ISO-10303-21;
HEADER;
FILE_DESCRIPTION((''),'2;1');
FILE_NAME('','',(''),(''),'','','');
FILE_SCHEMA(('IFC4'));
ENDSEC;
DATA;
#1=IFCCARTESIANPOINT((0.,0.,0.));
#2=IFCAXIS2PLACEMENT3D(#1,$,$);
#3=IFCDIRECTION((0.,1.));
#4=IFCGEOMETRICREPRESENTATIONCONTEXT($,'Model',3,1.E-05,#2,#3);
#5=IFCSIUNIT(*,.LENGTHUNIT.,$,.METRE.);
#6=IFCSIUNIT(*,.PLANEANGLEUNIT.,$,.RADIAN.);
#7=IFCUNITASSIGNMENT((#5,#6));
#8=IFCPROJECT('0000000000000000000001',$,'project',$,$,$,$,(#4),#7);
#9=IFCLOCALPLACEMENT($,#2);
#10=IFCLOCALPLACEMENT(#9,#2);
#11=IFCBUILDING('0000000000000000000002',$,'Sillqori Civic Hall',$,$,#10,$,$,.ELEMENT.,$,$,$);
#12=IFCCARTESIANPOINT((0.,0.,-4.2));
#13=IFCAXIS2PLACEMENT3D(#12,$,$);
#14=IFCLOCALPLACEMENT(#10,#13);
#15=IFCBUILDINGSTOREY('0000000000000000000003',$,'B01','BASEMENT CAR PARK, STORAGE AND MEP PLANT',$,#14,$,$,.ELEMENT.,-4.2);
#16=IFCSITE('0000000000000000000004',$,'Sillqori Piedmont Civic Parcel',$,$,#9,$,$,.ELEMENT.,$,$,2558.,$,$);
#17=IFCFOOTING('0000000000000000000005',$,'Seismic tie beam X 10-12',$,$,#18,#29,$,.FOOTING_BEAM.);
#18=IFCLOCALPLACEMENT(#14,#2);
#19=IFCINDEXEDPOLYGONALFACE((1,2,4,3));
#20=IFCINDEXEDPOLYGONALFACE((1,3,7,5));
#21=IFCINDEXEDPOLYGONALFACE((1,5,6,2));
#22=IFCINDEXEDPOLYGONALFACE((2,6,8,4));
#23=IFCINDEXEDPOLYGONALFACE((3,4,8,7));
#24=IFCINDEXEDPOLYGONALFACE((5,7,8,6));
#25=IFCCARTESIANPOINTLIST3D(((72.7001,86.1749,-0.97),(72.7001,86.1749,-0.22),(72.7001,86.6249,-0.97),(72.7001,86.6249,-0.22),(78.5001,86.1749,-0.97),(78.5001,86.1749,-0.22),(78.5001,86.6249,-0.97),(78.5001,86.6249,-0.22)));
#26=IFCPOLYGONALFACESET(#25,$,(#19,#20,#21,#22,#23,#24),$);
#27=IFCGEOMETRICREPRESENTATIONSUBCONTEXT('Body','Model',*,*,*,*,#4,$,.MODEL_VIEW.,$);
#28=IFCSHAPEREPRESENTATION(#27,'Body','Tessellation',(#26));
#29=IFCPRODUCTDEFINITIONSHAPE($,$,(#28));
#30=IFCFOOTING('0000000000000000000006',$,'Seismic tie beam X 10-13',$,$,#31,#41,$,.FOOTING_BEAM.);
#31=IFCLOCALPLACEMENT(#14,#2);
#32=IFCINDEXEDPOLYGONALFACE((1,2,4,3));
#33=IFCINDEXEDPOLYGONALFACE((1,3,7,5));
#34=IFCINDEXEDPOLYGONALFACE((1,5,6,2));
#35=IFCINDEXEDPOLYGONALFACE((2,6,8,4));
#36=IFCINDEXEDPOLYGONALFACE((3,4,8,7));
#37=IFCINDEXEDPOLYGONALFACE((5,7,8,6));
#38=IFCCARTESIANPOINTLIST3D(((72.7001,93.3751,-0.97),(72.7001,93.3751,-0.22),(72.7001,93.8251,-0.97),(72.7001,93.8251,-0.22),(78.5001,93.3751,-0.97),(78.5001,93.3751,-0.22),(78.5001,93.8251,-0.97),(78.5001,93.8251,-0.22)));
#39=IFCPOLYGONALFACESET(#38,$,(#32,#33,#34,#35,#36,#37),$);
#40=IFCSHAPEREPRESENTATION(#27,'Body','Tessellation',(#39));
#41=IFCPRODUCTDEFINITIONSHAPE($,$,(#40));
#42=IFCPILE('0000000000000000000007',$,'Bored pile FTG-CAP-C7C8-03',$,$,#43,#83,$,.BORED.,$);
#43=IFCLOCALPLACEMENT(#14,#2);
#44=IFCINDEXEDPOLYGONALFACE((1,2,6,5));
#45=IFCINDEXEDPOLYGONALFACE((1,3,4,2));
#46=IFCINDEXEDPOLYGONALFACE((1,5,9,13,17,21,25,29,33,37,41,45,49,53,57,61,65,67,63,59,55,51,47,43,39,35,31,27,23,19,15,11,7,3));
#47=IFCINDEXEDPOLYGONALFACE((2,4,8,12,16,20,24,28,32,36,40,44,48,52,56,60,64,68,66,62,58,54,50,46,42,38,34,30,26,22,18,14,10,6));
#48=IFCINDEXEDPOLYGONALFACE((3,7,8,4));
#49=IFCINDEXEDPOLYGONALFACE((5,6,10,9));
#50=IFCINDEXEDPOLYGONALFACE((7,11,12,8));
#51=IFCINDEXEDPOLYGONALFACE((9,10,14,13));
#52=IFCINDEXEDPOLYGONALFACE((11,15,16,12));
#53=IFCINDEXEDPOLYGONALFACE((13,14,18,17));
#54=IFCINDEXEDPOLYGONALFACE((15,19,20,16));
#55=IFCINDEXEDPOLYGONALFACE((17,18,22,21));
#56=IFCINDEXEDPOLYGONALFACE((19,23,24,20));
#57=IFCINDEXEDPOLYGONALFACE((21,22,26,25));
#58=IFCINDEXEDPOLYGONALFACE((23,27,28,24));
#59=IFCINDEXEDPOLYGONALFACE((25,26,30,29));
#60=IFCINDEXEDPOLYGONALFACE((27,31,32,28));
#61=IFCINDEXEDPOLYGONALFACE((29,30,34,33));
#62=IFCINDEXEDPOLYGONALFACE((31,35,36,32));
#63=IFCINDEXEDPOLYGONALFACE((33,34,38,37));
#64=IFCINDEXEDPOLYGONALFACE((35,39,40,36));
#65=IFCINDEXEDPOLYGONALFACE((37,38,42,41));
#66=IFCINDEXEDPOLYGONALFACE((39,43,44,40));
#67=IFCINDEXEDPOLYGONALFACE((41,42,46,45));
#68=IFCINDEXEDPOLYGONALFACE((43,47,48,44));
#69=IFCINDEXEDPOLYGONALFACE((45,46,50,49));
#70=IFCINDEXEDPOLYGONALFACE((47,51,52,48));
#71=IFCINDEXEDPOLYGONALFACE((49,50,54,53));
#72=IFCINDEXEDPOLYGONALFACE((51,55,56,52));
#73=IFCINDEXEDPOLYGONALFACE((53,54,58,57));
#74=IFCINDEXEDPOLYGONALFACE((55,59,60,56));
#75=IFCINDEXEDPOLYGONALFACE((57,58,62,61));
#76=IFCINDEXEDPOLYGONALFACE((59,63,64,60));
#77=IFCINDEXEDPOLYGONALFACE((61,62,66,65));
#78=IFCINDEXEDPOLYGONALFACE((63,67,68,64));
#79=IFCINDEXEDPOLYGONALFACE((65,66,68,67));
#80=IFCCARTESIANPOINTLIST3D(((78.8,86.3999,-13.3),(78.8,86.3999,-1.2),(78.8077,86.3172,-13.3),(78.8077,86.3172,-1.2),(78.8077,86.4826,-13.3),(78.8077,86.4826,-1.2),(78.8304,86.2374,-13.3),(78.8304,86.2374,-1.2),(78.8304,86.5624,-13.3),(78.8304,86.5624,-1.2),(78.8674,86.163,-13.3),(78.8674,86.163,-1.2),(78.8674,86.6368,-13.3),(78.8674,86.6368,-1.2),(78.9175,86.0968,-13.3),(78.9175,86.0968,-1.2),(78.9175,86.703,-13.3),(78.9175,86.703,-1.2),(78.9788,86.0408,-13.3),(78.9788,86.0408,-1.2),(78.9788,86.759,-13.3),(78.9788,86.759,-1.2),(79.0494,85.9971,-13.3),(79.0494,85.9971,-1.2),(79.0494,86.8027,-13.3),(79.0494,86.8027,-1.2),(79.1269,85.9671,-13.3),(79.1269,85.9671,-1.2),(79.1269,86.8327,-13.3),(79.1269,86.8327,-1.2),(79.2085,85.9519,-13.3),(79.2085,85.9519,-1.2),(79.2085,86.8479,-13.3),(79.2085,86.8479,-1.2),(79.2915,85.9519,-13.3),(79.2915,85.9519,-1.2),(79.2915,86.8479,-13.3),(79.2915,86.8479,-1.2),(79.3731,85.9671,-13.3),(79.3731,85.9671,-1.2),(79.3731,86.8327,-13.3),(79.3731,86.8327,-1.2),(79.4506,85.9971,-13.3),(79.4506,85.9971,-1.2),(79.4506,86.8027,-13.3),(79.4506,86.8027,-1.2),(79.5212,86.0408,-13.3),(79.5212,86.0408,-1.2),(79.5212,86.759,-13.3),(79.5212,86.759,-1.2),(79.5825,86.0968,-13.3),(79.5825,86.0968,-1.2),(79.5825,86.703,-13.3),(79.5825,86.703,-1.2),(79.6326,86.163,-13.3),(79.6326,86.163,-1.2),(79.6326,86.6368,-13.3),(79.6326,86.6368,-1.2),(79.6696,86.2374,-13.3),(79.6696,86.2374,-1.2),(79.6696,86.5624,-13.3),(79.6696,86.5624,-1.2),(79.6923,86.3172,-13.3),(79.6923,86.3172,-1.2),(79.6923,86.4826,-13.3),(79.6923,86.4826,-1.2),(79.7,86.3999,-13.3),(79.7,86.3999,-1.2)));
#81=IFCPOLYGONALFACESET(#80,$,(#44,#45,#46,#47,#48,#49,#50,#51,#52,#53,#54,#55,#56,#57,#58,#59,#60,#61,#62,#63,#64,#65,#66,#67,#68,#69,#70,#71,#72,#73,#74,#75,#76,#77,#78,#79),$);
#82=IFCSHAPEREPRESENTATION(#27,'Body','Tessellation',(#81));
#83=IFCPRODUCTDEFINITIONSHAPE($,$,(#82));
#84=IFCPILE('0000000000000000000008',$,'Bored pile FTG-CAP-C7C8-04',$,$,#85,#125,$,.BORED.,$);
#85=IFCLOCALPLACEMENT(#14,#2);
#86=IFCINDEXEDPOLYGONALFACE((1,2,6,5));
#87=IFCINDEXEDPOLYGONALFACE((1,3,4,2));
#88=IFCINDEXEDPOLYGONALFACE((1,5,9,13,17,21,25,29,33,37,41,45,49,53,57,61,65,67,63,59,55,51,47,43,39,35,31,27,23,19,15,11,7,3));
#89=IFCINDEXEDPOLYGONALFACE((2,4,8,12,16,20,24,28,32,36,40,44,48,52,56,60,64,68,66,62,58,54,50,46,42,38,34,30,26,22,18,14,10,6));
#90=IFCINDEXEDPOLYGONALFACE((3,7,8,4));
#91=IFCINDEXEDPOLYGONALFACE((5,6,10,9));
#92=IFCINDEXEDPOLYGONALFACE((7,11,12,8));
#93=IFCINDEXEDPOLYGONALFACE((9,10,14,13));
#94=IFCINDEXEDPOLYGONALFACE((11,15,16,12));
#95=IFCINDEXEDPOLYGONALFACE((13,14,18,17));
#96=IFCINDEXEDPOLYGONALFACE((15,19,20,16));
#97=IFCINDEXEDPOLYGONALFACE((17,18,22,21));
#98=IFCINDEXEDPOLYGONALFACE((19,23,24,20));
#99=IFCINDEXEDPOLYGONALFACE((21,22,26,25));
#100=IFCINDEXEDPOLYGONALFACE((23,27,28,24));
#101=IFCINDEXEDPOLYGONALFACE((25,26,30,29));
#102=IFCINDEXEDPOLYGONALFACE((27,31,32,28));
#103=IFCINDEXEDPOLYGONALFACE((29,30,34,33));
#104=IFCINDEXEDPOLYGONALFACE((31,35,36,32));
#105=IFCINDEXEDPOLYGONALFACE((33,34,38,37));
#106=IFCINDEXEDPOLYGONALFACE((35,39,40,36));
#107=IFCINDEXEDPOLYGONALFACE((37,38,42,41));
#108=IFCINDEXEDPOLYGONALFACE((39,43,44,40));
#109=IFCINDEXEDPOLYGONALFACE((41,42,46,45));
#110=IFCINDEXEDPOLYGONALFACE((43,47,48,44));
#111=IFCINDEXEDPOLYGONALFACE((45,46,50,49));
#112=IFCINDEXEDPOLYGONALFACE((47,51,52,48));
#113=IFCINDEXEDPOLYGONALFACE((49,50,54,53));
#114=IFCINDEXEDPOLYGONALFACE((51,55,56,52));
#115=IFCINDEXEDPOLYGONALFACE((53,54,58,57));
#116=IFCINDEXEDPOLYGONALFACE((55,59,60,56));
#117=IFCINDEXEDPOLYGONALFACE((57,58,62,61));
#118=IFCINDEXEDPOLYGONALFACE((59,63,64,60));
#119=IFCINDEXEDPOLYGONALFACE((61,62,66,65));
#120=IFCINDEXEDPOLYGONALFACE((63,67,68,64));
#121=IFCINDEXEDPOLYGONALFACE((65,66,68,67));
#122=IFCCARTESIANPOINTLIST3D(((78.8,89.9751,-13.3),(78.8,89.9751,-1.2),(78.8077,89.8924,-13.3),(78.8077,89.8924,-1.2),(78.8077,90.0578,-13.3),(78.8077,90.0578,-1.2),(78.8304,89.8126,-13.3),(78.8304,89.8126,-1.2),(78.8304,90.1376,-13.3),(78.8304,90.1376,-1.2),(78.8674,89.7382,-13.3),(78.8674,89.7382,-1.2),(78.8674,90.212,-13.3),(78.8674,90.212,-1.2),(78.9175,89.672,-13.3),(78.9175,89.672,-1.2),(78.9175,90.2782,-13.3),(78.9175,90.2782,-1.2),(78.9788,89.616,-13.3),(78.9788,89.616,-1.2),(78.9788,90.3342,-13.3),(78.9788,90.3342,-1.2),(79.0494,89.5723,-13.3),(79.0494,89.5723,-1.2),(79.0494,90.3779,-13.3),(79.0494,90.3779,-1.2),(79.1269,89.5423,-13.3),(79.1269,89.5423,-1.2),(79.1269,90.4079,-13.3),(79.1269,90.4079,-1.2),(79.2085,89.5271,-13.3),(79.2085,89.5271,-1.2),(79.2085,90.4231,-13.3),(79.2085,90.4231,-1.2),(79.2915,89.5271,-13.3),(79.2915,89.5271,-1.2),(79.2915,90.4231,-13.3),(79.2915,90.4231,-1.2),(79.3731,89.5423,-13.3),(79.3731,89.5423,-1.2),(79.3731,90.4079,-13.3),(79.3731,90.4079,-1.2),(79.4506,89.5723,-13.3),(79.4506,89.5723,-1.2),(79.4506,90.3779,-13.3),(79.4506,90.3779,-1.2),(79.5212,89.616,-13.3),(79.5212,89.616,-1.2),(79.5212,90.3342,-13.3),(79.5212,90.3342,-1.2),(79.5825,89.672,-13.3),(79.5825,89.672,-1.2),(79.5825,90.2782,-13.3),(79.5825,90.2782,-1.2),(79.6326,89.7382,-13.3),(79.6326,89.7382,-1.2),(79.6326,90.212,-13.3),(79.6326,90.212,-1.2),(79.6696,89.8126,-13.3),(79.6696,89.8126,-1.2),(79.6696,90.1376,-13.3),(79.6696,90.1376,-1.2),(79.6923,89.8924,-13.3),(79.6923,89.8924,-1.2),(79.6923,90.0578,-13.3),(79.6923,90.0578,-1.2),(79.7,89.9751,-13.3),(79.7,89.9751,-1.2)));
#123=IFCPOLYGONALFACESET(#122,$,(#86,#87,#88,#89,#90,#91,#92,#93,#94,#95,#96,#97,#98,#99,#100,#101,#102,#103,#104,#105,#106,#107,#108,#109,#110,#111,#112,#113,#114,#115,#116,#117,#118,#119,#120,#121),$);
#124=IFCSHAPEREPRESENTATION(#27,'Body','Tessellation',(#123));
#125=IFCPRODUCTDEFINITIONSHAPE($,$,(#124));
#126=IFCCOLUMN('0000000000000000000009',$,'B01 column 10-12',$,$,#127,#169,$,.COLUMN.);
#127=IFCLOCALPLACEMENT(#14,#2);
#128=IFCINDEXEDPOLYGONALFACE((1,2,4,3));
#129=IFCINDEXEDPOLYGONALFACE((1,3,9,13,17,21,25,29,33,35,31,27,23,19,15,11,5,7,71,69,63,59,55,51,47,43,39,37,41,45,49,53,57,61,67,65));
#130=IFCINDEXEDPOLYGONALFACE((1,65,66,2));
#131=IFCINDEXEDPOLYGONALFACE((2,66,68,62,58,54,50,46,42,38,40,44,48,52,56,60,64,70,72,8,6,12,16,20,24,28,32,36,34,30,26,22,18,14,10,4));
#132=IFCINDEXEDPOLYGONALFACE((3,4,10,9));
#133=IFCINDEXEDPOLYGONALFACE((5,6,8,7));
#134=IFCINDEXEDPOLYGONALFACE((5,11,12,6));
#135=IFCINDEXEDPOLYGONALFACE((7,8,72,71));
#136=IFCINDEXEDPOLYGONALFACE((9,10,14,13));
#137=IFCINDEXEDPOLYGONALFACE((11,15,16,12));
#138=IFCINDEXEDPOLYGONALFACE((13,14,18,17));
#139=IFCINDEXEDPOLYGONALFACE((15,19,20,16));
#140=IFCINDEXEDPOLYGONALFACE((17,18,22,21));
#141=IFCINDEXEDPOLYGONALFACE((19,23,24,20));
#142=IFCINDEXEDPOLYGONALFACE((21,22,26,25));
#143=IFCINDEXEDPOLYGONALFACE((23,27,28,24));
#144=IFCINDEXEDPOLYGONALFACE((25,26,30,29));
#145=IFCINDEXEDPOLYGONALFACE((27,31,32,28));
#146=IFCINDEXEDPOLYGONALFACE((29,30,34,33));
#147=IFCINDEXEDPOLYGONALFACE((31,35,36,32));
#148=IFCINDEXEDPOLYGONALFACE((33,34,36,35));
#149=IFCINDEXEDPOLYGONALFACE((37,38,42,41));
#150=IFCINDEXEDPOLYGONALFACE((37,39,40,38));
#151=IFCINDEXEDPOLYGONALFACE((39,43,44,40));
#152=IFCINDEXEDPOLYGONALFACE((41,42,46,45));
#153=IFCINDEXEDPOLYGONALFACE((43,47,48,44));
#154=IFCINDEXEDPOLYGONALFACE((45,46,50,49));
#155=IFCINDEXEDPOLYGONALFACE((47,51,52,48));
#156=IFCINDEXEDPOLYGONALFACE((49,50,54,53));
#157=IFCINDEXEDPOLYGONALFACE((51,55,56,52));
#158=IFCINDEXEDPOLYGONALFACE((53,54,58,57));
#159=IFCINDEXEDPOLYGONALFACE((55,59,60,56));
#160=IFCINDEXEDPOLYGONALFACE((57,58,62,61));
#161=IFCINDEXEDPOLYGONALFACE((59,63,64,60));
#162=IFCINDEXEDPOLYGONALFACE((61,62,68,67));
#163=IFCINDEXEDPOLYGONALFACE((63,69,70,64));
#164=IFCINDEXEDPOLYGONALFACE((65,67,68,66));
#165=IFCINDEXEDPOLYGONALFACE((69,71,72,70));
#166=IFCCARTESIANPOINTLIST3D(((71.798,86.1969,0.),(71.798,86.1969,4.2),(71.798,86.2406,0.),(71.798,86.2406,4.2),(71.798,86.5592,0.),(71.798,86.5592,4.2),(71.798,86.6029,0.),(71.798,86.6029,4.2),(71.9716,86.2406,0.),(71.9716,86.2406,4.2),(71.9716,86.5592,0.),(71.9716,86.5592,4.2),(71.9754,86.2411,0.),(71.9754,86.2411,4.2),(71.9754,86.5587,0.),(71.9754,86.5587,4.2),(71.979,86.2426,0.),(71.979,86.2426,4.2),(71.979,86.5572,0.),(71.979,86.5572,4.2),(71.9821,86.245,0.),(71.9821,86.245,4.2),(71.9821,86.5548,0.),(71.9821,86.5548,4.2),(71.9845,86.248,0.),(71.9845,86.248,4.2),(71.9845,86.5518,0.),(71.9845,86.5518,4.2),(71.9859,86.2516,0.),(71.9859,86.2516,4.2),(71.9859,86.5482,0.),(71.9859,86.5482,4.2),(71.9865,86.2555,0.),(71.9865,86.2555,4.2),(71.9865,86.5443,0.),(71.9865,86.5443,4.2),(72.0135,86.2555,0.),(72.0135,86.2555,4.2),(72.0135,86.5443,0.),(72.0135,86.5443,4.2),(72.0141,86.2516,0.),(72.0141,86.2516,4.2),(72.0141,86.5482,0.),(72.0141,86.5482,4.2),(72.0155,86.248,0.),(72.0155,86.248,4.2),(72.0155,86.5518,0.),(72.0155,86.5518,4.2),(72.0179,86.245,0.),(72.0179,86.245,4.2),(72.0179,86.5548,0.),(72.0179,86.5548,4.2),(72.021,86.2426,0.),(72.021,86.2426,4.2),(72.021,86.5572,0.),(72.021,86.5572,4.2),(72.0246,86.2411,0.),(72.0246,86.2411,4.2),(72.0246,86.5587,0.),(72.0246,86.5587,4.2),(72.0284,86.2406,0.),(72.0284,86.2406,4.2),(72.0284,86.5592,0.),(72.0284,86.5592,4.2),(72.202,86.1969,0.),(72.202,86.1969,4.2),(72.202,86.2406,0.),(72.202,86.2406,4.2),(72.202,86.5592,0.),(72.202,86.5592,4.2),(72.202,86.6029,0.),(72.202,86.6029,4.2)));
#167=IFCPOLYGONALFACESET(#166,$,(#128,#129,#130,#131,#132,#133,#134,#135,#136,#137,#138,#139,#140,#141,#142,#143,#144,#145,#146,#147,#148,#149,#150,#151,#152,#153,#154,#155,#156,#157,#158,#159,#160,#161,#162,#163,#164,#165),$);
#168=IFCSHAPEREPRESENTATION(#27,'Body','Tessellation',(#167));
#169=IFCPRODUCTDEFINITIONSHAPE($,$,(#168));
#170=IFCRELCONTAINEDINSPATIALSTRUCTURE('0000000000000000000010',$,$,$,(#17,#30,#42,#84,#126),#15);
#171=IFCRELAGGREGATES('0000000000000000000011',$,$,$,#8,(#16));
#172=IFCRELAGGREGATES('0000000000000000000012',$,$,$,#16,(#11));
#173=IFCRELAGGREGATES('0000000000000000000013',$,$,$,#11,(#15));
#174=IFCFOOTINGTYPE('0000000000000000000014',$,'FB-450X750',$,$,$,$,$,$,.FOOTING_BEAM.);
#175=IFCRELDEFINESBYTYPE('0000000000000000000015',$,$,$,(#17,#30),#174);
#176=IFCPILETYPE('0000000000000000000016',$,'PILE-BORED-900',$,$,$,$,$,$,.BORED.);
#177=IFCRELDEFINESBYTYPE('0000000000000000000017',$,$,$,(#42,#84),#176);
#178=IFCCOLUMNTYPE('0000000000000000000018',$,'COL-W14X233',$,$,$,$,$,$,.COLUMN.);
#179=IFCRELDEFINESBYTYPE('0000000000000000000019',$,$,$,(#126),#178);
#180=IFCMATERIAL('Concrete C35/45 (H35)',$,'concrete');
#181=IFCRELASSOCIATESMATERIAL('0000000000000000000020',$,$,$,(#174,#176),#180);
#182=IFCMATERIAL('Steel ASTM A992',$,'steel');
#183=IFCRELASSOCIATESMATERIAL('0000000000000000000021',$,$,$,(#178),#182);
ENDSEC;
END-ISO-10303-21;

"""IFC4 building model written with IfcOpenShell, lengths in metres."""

from ifc_helpers import new_model, si_unit, direction, frame, origin, origin_2d, place, context, subcontext, project, spatial, rectangle, circle, i_section, extrude, material, material_profile, profile_set, type_object, element, save


model = new_model("IFC4")

# Units and contexts
model_context = context("Model", 3, precision=1e-05, world=origin(), true_north=direction((0.0, 1.0)))
body_context = subcontext(model_context, "Body", "Model", "MODEL_VIEW")
ifc_project = project(units=[si_unit("LENGTHUNIT", "METRE"), si_unit("PLANEANGLEUNIT", "RADIAN")], contexts=[model_context])

# Site, building, storey
site_placement = place(None, origin())
site = spatial("IfcSite", under=ifc_project, at=site_placement, Name="Sillqori Piedmont Civic Parcel", CompositionType="ELEMENT", RefElevation=2558.0)
building_placement = place(site_placement, origin())
building = spatial("IfcBuilding", under=site, at=building_placement, Name="Sillqori Civic Hall", CompositionType="ELEMENT")
storey_placement = place(building_placement, frame((0.0, 0.0, -4.2)))
storey = spatial("IfcBuildingStorey", under=building, at=storey_placement, Name="B01", Description="BASEMENT CAR PARK, STORAGE AND MEP PLANT", CompositionType="ELEMENT", Elevation=-4.2)

# Footings
ifc_material_1 = material(Name="Concrete C35/45 (H35)", Category="concrete")
footing_type = type_object("IfcFootingType", Name="FB-450X750", PredefinedType="FOOTING_BEAM", material=ifc_material_1)
for number, where, z_axis, x_axis, name in (
    (1, (75.6001, 86.3999, -0.97), (0.0, 0.0, 1.0), (1.0, 0.0, 0.0), "Seismic tie beam X 10-12"),
    (2, (75.6001, 93.6001, -0.97), (0.0, 0.0, 1.0), (1.0, 0.0, 0.0), "Seismic tie beam X 10-13"),
):
    element("IfcFooting", number, at=place(storey_placement, frame(where, z_axis=z_axis, x_axis=x_axis)), inside=storey, type_object=footing_type, Name=name, PredefinedType="FOOTING_BEAM", context=body_context, shape_type="SweptSolid", body=[
        extrude(rectangle(XDim=5.8, YDim=0.45, at=origin_2d()), origin(), (0.0, 0.0, 1.0), 0.75),
    ])

# Piles
ifc_material_profile_1 = material_profile(ifc_material_1, circle(Radius=0.45, at=origin_2d()), Name="BORED PILE 900")
ifc_profile_set_1 = profile_set([ifc_material_profile_1], Name="Concrete C35/45 (H35)")
pile_type = type_object("IfcPileType", Name="PILE-BORED-900", PredefinedType="BORED", material=ifc_profile_set_1)
for number, where, z_axis, x_axis, name in (
    (3, (79.25, 86.3999, -1.2), (0.0, 0.0, -1.0), (1.0, 0.0, 0.0), "Bored pile FTG-CAP-C7C8-03"),
    (4, (79.25, 89.9751, -1.2), (0.0, 0.0, -1.0), (1.0, 0.0, 0.0), "Bored pile FTG-CAP-C7C8-04"),
):
    element("IfcPile", number, at=place(storey_placement, frame(where, z_axis=z_axis, x_axis=x_axis)), inside=storey, type_object=pile_type, Name=name, PredefinedType="BORED", context=body_context, shape_type="SweptSolid", body=[
        extrude(circle(Radius=0.45, at=origin_2d()), origin(), (0.0, 0.0, 1.0), 12.1001),
    ])

# Column
ifc_material_2 = material(Name="Steel ASTM A992", Category="steel")
ifc_material_profile_2 = material_profile(ifc_material_2, i_section(OverallWidth=0.4041, OverallDepth=0.406, WebThickness=0.0271, FlangeThickness=0.0437, FilletRadius=0.0149, at=origin_2d()), Name="W14X233")
ifc_profile_set_2 = profile_set([ifc_material_profile_2], Name="Steel ASTM A992")
column_type = type_object("IfcColumnType", Name="COL-W14X233", PredefinedType="COLUMN", material=ifc_profile_set_2)
for number, where, z_axis, x_axis, name in (
    (5, (72.0, 86.3999, 0.0), (0.0, 0.0, 1.0), (1.0, 0.0, 0.0), "B01 column 10-12"),
):
    element("IfcColumn", number, at=place(storey_placement, frame(where, z_axis=z_axis, x_axis=x_axis)), inside=storey, type_object=column_type, Name=name, PredefinedType="COLUMN", context=body_context, shape_type="SweptSolid", body=[
        extrude(i_section(OverallWidth=0.4041, OverallDepth=0.406, WebThickness=0.0271, FlangeThickness=0.0437, FilletRadius=0.0149, at=origin_2d()), origin(), (0.0, 0.0, 1.0), 4.2),
    ])

save(model, "model.ifc")
